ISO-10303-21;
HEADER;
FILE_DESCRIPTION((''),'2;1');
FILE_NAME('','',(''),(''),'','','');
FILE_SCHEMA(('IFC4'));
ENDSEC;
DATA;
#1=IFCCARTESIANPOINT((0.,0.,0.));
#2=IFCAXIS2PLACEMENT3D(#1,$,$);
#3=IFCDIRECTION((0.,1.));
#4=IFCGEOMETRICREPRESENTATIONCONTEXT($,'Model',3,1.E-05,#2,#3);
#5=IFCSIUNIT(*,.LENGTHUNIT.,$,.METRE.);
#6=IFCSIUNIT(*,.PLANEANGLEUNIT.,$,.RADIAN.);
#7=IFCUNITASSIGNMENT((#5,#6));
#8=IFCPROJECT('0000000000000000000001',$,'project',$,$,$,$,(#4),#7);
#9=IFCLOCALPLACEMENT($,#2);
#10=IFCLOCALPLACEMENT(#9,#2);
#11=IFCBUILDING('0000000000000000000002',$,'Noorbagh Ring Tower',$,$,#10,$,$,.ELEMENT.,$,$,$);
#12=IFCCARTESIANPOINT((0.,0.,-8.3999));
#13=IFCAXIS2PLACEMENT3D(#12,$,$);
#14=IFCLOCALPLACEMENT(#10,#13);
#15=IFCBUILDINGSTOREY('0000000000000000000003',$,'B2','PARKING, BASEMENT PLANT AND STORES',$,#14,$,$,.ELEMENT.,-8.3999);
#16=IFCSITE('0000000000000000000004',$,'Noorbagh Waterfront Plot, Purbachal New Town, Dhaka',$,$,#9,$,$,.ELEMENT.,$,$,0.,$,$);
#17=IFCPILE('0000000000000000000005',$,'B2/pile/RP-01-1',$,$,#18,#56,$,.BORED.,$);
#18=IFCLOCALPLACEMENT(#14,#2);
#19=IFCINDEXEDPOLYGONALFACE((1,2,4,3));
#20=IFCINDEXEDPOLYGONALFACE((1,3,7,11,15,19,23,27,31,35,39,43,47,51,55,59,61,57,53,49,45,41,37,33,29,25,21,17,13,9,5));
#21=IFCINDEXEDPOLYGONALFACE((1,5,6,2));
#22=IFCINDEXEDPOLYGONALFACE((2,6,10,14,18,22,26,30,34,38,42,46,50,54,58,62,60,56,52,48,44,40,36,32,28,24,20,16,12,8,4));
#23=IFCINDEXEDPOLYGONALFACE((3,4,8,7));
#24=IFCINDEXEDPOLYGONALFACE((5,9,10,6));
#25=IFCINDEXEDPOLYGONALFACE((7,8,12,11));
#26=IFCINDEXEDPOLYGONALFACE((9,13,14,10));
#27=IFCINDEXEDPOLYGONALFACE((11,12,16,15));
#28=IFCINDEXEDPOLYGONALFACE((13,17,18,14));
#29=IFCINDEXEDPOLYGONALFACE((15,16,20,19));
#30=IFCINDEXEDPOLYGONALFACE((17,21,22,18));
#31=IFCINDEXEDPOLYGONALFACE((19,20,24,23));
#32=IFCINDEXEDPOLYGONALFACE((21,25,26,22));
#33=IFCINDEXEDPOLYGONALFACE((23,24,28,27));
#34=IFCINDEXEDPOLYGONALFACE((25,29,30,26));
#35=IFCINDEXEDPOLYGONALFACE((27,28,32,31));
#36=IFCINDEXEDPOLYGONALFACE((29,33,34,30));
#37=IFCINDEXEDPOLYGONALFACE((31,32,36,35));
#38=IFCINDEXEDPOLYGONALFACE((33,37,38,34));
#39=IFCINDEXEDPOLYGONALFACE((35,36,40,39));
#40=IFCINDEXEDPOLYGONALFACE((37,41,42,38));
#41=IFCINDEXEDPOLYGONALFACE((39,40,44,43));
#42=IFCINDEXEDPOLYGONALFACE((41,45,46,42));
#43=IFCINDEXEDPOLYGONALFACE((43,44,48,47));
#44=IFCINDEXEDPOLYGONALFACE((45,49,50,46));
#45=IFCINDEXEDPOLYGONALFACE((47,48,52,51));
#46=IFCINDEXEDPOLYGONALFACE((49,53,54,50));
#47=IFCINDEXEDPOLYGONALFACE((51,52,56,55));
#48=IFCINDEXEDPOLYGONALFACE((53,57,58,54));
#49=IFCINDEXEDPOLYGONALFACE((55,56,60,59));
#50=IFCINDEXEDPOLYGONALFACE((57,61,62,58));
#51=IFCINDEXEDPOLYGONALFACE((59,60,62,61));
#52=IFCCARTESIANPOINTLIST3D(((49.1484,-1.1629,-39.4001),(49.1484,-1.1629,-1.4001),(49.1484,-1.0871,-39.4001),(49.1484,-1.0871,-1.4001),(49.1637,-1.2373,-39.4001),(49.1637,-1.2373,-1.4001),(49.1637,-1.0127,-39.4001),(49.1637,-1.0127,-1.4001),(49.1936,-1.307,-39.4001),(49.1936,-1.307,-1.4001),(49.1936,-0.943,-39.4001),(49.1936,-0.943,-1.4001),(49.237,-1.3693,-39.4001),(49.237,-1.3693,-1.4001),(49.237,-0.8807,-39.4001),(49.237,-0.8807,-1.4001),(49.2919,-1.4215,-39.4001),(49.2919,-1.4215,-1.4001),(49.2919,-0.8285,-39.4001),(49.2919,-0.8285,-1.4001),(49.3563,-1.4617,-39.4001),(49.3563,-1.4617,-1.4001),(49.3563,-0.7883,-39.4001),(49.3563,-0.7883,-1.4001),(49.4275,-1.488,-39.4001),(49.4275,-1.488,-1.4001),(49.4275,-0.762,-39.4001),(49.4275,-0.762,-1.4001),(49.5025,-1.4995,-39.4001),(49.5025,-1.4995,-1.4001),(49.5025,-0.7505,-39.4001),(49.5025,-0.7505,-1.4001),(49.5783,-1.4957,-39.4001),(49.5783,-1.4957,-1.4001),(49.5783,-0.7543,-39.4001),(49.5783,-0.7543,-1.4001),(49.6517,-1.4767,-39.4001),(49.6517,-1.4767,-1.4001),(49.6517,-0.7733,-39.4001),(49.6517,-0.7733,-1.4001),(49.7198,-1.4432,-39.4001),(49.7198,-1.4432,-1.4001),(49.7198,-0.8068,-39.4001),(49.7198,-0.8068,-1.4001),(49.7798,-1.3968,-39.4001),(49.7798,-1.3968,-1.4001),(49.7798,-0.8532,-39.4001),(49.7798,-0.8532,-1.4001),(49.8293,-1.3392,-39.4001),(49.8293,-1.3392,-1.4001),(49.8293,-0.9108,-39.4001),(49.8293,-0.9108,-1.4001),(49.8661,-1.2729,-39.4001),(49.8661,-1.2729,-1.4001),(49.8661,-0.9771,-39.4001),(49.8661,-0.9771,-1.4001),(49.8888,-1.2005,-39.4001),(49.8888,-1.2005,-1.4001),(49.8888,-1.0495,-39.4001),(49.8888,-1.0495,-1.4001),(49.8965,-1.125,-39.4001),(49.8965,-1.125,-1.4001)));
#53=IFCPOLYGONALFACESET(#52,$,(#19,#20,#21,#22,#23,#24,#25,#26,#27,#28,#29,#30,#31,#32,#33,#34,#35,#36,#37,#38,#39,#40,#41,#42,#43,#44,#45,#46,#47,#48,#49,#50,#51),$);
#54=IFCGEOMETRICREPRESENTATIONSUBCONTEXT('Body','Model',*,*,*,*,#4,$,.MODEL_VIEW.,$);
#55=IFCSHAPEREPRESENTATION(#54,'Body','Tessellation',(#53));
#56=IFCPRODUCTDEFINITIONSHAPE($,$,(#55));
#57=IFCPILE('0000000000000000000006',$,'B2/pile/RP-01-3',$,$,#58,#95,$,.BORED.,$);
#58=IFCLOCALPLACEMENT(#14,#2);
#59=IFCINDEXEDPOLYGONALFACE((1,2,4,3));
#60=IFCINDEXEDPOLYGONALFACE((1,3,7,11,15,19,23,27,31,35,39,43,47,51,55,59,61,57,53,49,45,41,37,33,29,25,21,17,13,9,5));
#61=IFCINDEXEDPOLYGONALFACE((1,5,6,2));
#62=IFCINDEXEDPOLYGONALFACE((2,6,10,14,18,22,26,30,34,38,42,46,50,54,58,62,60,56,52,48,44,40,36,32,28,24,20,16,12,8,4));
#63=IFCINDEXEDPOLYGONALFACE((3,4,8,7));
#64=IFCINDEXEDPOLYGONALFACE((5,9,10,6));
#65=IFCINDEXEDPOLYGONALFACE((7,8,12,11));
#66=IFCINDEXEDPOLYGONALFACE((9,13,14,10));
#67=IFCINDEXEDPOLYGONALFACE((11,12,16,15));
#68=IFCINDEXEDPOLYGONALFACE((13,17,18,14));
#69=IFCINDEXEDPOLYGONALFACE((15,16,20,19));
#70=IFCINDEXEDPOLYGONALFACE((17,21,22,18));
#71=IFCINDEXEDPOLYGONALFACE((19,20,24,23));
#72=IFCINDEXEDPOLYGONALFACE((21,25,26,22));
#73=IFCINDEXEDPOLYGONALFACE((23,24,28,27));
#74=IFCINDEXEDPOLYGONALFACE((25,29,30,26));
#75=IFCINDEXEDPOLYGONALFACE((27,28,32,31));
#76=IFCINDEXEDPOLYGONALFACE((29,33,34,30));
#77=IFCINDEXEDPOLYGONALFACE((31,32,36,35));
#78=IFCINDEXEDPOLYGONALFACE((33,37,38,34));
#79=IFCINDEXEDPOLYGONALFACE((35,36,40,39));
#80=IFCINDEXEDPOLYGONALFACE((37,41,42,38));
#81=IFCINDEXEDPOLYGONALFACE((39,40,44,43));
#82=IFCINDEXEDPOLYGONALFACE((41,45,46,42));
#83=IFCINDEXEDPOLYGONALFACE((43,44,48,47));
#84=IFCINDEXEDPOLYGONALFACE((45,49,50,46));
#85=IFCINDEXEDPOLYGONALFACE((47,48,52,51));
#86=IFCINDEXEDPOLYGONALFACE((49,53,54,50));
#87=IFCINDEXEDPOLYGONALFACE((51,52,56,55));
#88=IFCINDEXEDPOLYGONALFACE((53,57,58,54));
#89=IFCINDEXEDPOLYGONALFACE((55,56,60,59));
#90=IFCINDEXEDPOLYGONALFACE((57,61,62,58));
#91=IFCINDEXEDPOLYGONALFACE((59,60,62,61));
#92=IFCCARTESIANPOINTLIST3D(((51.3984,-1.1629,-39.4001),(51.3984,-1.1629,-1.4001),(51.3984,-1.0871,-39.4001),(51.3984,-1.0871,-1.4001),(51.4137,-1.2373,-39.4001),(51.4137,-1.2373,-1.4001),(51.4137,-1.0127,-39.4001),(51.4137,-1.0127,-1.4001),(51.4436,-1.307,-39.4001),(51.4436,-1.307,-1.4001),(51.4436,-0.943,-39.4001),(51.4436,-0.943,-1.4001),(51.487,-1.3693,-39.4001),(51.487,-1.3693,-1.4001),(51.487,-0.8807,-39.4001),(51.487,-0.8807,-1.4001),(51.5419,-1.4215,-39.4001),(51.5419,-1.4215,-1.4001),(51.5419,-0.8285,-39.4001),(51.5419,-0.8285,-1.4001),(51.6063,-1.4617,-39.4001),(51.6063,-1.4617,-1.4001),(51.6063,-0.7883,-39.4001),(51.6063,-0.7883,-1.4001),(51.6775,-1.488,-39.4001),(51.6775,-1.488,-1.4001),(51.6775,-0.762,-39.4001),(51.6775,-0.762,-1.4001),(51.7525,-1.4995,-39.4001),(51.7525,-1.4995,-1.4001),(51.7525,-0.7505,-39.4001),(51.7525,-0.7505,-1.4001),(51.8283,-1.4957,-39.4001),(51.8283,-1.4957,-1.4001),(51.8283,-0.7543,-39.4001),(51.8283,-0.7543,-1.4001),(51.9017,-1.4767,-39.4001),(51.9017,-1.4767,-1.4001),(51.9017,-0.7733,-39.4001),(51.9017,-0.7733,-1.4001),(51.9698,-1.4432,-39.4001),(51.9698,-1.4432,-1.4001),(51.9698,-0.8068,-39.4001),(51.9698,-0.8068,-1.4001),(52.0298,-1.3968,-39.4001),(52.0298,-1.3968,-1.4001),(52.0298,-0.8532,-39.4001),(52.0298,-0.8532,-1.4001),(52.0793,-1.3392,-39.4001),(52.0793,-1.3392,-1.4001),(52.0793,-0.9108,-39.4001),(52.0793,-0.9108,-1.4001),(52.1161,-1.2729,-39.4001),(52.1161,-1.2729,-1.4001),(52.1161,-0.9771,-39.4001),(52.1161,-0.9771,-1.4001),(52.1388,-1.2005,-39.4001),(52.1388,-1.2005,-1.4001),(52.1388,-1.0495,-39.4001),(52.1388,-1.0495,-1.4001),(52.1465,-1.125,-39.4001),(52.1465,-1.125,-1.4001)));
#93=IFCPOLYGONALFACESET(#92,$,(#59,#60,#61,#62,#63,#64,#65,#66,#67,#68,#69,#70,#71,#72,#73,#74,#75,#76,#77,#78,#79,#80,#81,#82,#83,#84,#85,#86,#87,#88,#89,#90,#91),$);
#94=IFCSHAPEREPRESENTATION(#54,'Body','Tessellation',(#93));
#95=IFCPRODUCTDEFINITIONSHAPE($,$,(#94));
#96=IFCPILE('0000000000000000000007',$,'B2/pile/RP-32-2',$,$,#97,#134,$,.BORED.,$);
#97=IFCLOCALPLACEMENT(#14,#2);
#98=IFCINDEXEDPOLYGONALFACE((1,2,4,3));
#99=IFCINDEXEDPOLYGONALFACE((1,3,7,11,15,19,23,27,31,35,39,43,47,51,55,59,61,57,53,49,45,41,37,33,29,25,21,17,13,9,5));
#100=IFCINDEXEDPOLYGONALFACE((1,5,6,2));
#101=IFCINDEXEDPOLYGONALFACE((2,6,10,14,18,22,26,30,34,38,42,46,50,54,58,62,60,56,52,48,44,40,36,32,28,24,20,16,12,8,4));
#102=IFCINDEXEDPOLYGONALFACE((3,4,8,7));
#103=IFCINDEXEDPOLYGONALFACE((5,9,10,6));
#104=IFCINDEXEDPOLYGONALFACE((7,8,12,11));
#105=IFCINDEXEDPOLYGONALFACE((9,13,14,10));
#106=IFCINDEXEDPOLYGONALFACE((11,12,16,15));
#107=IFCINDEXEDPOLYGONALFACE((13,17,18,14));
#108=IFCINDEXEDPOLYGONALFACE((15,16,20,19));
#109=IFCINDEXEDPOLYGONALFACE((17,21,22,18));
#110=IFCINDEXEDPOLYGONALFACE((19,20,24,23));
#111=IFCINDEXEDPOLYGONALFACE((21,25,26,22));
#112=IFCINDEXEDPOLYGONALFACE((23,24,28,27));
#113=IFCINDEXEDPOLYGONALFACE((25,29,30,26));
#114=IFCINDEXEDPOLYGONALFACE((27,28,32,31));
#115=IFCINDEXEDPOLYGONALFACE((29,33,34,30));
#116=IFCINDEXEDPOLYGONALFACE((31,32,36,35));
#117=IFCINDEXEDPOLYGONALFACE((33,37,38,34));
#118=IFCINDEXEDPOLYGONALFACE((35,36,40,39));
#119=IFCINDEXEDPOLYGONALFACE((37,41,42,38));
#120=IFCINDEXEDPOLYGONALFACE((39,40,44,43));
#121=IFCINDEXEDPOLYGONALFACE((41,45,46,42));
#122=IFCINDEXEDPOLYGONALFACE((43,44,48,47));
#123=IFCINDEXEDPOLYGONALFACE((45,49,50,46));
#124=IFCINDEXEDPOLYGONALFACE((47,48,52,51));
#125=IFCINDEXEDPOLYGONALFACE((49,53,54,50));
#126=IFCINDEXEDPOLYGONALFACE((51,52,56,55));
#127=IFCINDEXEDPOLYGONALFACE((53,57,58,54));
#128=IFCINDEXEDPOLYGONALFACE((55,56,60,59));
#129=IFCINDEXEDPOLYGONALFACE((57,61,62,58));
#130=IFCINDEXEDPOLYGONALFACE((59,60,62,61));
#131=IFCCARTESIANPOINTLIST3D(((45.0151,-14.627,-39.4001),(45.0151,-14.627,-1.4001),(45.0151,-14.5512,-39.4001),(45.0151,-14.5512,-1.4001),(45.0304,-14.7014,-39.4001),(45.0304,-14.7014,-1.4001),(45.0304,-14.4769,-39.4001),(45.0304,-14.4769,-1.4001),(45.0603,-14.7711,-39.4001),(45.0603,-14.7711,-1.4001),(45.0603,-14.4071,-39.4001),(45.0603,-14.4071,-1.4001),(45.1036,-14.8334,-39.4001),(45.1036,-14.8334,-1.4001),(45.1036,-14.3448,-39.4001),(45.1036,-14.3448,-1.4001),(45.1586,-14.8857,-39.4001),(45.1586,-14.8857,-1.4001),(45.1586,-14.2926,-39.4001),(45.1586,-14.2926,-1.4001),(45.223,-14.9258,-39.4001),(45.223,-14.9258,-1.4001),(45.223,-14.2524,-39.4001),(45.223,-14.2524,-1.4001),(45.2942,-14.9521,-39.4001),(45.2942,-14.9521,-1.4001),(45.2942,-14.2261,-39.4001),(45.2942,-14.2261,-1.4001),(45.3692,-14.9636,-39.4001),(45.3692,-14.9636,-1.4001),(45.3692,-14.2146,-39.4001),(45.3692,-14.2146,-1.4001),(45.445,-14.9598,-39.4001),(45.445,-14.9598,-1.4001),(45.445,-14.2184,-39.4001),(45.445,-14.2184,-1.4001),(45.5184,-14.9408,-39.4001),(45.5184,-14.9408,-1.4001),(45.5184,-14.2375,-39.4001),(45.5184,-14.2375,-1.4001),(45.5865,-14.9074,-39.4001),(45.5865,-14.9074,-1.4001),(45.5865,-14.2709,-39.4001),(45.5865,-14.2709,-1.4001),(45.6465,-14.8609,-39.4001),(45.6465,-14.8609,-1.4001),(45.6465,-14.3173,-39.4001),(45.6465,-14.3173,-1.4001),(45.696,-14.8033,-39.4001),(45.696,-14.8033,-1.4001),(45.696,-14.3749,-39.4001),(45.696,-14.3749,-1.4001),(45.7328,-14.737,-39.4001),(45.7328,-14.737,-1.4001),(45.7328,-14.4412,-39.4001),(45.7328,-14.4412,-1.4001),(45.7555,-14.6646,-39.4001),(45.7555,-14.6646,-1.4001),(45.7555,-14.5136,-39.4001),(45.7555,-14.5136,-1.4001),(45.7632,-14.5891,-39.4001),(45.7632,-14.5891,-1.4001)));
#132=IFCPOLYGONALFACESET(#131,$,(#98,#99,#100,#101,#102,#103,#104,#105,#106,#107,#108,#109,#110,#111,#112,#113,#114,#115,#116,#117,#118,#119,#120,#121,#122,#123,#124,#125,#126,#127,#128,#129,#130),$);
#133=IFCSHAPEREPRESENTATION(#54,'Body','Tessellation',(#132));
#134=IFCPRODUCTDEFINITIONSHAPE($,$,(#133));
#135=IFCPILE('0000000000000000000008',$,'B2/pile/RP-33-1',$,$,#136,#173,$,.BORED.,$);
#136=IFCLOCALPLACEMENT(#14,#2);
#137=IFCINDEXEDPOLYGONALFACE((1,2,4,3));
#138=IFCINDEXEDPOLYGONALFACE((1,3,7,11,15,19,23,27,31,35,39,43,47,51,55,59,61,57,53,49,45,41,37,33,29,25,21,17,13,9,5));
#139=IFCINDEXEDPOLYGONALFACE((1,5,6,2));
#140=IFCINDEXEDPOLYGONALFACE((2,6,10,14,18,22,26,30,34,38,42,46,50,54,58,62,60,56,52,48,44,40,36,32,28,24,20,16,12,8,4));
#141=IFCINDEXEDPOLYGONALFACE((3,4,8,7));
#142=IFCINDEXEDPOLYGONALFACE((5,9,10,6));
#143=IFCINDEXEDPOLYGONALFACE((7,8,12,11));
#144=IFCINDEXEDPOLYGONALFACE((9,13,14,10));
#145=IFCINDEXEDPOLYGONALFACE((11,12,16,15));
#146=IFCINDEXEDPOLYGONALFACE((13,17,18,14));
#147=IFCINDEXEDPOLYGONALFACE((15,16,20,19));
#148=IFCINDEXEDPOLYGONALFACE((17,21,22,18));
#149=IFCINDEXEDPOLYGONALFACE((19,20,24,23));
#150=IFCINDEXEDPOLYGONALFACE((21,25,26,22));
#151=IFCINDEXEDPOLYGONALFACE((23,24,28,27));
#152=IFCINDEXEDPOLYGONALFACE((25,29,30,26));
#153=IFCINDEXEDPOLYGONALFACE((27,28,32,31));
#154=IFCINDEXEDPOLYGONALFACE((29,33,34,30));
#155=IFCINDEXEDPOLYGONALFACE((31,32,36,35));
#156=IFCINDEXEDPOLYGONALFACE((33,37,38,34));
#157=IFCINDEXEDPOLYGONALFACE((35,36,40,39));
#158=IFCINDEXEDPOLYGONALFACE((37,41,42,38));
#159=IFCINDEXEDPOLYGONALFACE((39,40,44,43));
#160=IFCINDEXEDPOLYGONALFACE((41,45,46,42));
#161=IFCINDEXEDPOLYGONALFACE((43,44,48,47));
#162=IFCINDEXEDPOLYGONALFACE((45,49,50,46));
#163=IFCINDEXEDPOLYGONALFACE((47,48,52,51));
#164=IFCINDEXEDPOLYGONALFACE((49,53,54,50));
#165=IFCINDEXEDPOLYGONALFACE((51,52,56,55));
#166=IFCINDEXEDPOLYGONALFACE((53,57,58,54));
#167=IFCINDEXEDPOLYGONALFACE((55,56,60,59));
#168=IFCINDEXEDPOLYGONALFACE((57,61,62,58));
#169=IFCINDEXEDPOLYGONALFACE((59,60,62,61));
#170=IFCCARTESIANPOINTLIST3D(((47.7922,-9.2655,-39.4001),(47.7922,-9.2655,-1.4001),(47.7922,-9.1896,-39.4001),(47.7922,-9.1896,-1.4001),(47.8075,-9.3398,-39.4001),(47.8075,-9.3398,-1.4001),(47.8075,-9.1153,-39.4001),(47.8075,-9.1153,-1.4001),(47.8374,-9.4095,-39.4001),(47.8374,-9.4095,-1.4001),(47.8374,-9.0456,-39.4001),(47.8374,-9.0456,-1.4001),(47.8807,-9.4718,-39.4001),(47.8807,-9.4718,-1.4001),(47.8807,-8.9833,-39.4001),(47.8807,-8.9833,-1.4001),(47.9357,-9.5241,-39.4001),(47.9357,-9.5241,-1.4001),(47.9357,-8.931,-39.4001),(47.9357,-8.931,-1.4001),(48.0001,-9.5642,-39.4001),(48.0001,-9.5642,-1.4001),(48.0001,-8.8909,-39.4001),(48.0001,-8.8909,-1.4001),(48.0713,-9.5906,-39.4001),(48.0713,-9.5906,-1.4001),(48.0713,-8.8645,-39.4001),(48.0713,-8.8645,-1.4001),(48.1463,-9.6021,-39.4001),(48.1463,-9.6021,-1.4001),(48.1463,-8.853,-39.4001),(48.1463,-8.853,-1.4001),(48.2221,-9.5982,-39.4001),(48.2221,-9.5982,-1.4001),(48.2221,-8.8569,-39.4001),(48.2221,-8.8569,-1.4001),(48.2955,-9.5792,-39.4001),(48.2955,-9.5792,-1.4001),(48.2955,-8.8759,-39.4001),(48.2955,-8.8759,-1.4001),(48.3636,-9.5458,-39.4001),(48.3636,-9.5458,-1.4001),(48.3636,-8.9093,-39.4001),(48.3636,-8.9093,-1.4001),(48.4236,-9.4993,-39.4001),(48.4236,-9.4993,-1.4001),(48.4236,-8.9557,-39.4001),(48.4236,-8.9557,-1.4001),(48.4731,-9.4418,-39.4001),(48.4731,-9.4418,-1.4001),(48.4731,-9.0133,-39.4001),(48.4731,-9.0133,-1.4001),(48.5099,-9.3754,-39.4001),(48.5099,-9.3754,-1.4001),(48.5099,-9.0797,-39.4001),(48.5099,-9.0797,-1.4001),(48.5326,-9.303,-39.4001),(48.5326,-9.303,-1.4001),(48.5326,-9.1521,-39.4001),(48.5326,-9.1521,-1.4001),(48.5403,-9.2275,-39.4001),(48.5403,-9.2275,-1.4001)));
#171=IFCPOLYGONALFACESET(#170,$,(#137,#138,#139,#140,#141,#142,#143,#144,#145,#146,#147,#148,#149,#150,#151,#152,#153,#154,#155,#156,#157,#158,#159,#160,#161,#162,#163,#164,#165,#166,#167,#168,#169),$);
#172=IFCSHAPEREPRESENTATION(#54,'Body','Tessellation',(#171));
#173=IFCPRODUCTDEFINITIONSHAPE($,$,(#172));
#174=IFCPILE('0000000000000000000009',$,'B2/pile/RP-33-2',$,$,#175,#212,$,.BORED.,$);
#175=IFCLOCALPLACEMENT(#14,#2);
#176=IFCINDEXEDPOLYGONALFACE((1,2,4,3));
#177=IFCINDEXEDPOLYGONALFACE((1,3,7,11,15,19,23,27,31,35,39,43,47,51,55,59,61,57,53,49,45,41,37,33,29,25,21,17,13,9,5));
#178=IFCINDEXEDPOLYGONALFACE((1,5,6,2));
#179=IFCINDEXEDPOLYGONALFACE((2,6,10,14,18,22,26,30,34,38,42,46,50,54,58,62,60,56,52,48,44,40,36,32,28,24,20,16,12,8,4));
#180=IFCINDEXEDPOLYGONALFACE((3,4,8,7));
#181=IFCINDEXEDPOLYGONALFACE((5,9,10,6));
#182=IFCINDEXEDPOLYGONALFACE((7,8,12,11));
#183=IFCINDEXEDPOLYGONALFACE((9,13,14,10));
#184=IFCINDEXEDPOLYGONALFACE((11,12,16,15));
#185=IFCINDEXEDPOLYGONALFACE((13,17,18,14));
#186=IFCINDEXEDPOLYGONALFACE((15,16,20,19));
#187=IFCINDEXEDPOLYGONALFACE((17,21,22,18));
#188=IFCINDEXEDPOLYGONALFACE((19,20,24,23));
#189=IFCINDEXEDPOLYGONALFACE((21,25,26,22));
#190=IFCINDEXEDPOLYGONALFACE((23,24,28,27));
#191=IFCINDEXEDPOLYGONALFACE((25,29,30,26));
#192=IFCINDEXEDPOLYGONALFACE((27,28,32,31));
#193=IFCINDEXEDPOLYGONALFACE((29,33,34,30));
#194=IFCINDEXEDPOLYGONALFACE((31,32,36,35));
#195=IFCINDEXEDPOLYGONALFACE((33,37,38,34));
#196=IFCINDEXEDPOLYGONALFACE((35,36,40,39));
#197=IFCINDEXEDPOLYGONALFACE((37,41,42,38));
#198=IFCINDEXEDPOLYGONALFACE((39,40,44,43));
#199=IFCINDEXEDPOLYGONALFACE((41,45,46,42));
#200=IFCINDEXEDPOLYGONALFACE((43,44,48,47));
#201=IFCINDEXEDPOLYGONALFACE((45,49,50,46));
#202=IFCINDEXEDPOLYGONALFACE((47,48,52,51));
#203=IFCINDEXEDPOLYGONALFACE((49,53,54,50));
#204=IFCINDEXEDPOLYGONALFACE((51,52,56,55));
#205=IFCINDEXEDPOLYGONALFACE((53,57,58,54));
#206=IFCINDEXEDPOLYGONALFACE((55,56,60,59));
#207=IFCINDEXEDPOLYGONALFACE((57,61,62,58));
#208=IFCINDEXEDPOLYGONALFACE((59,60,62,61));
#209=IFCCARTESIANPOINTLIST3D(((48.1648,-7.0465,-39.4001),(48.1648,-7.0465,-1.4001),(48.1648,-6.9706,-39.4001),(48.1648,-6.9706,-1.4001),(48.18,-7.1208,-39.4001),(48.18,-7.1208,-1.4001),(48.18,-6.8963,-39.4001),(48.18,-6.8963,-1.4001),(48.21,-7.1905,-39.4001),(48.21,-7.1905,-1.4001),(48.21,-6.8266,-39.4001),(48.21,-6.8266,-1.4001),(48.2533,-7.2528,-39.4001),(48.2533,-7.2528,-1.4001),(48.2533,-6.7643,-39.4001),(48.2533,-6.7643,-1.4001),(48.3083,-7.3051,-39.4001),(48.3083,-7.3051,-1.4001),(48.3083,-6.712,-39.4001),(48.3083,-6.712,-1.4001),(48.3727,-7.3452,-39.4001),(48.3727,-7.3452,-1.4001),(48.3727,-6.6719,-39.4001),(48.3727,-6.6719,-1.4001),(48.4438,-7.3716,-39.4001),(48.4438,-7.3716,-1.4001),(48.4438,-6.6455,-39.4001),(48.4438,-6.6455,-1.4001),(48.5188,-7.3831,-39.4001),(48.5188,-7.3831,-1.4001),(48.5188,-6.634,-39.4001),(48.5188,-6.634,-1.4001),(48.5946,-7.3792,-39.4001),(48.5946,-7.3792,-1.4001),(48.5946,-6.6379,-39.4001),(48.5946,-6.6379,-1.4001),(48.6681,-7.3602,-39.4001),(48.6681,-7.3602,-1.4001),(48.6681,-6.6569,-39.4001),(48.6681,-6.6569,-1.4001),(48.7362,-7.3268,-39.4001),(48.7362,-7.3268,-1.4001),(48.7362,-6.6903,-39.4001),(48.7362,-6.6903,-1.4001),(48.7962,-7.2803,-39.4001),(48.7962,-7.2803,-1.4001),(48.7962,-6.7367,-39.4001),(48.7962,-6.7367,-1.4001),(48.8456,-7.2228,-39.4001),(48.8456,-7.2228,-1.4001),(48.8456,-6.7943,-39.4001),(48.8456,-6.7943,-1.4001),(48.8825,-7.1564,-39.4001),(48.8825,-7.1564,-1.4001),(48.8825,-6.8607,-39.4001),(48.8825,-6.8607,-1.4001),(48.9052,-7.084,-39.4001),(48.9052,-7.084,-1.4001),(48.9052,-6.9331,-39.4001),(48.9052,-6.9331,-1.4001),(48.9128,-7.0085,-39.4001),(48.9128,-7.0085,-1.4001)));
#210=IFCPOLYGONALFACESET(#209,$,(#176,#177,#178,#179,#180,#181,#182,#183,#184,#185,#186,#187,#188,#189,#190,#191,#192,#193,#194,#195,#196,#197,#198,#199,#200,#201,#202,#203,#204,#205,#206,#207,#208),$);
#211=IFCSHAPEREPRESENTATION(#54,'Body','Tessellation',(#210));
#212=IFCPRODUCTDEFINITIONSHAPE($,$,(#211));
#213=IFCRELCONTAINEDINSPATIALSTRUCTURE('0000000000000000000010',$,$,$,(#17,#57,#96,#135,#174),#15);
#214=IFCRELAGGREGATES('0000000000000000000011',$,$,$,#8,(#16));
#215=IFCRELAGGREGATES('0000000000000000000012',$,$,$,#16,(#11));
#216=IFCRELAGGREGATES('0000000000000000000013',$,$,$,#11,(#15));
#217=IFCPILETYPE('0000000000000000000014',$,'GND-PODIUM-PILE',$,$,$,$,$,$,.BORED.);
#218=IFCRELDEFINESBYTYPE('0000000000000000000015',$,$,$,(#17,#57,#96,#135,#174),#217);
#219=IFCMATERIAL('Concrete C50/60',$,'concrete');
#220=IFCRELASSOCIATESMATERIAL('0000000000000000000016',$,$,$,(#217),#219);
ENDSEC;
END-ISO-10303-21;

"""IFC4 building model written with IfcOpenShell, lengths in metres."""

from ifc_helpers import new_model, si_unit, direction, frame, origin, origin_2d, place, context, subcontext, project, spatial, circle, extrude, material, material_profile, profile_set, type_object, element, save


model = new_model("IFC4")

# Units and contexts
model_context = context("Model", 3, precision=1e-05, world=origin(), true_north=direction((0.0, 1.0)))
body_context = subcontext(model_context, "Body", "Model", "MODEL_VIEW")
ifc_project = project(units=[si_unit("LENGTHUNIT", "METRE"), si_unit("PLANEANGLEUNIT", "RADIAN")], contexts=[model_context])

# Site, building, storey
site_placement = place(None, origin())
site = spatial("IfcSite", under=ifc_project, at=site_placement, Name="Noorbagh Waterfront Plot, Purbachal New Town, Dhaka", CompositionType="ELEMENT", RefElevation=0.0)
building_placement = place(site_placement, origin())
building = spatial("IfcBuilding", under=site, at=building_placement, Name="Noorbagh Ring Tower", CompositionType="ELEMENT")
storey_placement = place(building_placement, frame((0.0, 0.0, -8.3999)))
storey = spatial("IfcBuildingStorey", under=building, at=storey_placement, Name="B2", Description="PARKING, BASEMENT PLANT AND STORES", CompositionType="ELEMENT", Elevation=-8.3999)

# Piles
ifc_material_1 = material(Name="Concrete C50/60", Category="concrete")
ifc_material_profile_1 = material_profile(ifc_material_1, circle(Radius=0.375, at=origin_2d()), Name="PILE750")
ifc_profile_set_1 = profile_set([ifc_material_profile_1], Name="Concrete C50/60")
pile_type_1 = type_object("IfcPileType", Name="GND-PODIUM-PILE", PredefinedType="BORED", material=ifc_profile_set_1)
for number, where, z_axis, x_axis, name in (
    (1, (49.5215, -1.125, -1.4001), (0.0, 0.0, -1.0), (1.0, 0.0, 0.0), "B2/pile/RP-01-1"),
    (2, (51.7715, -1.125, -1.4001), (0.0, 0.0, -1.0), (1.0, 0.0, 0.0), "B2/pile/RP-01-3"),
    (3, (45.3882, -14.5891, -1.4001), (0.0, 0.0, -1.0), (1.0, 0.0, 0.0), "B2/pile/RP-32-2"),
    (4, (48.1653, -9.2275, -1.4001), (0.0, 0.0, -1.0), (1.0, 0.0, 0.0), "B2/pile/RP-33-1"),
    (5, (48.5378, -7.0085, -1.4001), (0.0, 0.0, -1.0), (1.0, 0.0, 0.0), "B2/pile/RP-33-2"),
):
    element("IfcPile", number, at=place(storey_placement, frame(where, z_axis=z_axis, x_axis=x_axis)), inside=storey, type_object=pile_type_1, Name=name, PredefinedType="BORED", context=body_context, shape_type="SweptSolid", body=[
        extrude(circle(Radius=0.375, at=origin_2d()), origin(), (0.0, 0.0, 1.0), 38.0),
    ])

save(model, "model.ifc")
